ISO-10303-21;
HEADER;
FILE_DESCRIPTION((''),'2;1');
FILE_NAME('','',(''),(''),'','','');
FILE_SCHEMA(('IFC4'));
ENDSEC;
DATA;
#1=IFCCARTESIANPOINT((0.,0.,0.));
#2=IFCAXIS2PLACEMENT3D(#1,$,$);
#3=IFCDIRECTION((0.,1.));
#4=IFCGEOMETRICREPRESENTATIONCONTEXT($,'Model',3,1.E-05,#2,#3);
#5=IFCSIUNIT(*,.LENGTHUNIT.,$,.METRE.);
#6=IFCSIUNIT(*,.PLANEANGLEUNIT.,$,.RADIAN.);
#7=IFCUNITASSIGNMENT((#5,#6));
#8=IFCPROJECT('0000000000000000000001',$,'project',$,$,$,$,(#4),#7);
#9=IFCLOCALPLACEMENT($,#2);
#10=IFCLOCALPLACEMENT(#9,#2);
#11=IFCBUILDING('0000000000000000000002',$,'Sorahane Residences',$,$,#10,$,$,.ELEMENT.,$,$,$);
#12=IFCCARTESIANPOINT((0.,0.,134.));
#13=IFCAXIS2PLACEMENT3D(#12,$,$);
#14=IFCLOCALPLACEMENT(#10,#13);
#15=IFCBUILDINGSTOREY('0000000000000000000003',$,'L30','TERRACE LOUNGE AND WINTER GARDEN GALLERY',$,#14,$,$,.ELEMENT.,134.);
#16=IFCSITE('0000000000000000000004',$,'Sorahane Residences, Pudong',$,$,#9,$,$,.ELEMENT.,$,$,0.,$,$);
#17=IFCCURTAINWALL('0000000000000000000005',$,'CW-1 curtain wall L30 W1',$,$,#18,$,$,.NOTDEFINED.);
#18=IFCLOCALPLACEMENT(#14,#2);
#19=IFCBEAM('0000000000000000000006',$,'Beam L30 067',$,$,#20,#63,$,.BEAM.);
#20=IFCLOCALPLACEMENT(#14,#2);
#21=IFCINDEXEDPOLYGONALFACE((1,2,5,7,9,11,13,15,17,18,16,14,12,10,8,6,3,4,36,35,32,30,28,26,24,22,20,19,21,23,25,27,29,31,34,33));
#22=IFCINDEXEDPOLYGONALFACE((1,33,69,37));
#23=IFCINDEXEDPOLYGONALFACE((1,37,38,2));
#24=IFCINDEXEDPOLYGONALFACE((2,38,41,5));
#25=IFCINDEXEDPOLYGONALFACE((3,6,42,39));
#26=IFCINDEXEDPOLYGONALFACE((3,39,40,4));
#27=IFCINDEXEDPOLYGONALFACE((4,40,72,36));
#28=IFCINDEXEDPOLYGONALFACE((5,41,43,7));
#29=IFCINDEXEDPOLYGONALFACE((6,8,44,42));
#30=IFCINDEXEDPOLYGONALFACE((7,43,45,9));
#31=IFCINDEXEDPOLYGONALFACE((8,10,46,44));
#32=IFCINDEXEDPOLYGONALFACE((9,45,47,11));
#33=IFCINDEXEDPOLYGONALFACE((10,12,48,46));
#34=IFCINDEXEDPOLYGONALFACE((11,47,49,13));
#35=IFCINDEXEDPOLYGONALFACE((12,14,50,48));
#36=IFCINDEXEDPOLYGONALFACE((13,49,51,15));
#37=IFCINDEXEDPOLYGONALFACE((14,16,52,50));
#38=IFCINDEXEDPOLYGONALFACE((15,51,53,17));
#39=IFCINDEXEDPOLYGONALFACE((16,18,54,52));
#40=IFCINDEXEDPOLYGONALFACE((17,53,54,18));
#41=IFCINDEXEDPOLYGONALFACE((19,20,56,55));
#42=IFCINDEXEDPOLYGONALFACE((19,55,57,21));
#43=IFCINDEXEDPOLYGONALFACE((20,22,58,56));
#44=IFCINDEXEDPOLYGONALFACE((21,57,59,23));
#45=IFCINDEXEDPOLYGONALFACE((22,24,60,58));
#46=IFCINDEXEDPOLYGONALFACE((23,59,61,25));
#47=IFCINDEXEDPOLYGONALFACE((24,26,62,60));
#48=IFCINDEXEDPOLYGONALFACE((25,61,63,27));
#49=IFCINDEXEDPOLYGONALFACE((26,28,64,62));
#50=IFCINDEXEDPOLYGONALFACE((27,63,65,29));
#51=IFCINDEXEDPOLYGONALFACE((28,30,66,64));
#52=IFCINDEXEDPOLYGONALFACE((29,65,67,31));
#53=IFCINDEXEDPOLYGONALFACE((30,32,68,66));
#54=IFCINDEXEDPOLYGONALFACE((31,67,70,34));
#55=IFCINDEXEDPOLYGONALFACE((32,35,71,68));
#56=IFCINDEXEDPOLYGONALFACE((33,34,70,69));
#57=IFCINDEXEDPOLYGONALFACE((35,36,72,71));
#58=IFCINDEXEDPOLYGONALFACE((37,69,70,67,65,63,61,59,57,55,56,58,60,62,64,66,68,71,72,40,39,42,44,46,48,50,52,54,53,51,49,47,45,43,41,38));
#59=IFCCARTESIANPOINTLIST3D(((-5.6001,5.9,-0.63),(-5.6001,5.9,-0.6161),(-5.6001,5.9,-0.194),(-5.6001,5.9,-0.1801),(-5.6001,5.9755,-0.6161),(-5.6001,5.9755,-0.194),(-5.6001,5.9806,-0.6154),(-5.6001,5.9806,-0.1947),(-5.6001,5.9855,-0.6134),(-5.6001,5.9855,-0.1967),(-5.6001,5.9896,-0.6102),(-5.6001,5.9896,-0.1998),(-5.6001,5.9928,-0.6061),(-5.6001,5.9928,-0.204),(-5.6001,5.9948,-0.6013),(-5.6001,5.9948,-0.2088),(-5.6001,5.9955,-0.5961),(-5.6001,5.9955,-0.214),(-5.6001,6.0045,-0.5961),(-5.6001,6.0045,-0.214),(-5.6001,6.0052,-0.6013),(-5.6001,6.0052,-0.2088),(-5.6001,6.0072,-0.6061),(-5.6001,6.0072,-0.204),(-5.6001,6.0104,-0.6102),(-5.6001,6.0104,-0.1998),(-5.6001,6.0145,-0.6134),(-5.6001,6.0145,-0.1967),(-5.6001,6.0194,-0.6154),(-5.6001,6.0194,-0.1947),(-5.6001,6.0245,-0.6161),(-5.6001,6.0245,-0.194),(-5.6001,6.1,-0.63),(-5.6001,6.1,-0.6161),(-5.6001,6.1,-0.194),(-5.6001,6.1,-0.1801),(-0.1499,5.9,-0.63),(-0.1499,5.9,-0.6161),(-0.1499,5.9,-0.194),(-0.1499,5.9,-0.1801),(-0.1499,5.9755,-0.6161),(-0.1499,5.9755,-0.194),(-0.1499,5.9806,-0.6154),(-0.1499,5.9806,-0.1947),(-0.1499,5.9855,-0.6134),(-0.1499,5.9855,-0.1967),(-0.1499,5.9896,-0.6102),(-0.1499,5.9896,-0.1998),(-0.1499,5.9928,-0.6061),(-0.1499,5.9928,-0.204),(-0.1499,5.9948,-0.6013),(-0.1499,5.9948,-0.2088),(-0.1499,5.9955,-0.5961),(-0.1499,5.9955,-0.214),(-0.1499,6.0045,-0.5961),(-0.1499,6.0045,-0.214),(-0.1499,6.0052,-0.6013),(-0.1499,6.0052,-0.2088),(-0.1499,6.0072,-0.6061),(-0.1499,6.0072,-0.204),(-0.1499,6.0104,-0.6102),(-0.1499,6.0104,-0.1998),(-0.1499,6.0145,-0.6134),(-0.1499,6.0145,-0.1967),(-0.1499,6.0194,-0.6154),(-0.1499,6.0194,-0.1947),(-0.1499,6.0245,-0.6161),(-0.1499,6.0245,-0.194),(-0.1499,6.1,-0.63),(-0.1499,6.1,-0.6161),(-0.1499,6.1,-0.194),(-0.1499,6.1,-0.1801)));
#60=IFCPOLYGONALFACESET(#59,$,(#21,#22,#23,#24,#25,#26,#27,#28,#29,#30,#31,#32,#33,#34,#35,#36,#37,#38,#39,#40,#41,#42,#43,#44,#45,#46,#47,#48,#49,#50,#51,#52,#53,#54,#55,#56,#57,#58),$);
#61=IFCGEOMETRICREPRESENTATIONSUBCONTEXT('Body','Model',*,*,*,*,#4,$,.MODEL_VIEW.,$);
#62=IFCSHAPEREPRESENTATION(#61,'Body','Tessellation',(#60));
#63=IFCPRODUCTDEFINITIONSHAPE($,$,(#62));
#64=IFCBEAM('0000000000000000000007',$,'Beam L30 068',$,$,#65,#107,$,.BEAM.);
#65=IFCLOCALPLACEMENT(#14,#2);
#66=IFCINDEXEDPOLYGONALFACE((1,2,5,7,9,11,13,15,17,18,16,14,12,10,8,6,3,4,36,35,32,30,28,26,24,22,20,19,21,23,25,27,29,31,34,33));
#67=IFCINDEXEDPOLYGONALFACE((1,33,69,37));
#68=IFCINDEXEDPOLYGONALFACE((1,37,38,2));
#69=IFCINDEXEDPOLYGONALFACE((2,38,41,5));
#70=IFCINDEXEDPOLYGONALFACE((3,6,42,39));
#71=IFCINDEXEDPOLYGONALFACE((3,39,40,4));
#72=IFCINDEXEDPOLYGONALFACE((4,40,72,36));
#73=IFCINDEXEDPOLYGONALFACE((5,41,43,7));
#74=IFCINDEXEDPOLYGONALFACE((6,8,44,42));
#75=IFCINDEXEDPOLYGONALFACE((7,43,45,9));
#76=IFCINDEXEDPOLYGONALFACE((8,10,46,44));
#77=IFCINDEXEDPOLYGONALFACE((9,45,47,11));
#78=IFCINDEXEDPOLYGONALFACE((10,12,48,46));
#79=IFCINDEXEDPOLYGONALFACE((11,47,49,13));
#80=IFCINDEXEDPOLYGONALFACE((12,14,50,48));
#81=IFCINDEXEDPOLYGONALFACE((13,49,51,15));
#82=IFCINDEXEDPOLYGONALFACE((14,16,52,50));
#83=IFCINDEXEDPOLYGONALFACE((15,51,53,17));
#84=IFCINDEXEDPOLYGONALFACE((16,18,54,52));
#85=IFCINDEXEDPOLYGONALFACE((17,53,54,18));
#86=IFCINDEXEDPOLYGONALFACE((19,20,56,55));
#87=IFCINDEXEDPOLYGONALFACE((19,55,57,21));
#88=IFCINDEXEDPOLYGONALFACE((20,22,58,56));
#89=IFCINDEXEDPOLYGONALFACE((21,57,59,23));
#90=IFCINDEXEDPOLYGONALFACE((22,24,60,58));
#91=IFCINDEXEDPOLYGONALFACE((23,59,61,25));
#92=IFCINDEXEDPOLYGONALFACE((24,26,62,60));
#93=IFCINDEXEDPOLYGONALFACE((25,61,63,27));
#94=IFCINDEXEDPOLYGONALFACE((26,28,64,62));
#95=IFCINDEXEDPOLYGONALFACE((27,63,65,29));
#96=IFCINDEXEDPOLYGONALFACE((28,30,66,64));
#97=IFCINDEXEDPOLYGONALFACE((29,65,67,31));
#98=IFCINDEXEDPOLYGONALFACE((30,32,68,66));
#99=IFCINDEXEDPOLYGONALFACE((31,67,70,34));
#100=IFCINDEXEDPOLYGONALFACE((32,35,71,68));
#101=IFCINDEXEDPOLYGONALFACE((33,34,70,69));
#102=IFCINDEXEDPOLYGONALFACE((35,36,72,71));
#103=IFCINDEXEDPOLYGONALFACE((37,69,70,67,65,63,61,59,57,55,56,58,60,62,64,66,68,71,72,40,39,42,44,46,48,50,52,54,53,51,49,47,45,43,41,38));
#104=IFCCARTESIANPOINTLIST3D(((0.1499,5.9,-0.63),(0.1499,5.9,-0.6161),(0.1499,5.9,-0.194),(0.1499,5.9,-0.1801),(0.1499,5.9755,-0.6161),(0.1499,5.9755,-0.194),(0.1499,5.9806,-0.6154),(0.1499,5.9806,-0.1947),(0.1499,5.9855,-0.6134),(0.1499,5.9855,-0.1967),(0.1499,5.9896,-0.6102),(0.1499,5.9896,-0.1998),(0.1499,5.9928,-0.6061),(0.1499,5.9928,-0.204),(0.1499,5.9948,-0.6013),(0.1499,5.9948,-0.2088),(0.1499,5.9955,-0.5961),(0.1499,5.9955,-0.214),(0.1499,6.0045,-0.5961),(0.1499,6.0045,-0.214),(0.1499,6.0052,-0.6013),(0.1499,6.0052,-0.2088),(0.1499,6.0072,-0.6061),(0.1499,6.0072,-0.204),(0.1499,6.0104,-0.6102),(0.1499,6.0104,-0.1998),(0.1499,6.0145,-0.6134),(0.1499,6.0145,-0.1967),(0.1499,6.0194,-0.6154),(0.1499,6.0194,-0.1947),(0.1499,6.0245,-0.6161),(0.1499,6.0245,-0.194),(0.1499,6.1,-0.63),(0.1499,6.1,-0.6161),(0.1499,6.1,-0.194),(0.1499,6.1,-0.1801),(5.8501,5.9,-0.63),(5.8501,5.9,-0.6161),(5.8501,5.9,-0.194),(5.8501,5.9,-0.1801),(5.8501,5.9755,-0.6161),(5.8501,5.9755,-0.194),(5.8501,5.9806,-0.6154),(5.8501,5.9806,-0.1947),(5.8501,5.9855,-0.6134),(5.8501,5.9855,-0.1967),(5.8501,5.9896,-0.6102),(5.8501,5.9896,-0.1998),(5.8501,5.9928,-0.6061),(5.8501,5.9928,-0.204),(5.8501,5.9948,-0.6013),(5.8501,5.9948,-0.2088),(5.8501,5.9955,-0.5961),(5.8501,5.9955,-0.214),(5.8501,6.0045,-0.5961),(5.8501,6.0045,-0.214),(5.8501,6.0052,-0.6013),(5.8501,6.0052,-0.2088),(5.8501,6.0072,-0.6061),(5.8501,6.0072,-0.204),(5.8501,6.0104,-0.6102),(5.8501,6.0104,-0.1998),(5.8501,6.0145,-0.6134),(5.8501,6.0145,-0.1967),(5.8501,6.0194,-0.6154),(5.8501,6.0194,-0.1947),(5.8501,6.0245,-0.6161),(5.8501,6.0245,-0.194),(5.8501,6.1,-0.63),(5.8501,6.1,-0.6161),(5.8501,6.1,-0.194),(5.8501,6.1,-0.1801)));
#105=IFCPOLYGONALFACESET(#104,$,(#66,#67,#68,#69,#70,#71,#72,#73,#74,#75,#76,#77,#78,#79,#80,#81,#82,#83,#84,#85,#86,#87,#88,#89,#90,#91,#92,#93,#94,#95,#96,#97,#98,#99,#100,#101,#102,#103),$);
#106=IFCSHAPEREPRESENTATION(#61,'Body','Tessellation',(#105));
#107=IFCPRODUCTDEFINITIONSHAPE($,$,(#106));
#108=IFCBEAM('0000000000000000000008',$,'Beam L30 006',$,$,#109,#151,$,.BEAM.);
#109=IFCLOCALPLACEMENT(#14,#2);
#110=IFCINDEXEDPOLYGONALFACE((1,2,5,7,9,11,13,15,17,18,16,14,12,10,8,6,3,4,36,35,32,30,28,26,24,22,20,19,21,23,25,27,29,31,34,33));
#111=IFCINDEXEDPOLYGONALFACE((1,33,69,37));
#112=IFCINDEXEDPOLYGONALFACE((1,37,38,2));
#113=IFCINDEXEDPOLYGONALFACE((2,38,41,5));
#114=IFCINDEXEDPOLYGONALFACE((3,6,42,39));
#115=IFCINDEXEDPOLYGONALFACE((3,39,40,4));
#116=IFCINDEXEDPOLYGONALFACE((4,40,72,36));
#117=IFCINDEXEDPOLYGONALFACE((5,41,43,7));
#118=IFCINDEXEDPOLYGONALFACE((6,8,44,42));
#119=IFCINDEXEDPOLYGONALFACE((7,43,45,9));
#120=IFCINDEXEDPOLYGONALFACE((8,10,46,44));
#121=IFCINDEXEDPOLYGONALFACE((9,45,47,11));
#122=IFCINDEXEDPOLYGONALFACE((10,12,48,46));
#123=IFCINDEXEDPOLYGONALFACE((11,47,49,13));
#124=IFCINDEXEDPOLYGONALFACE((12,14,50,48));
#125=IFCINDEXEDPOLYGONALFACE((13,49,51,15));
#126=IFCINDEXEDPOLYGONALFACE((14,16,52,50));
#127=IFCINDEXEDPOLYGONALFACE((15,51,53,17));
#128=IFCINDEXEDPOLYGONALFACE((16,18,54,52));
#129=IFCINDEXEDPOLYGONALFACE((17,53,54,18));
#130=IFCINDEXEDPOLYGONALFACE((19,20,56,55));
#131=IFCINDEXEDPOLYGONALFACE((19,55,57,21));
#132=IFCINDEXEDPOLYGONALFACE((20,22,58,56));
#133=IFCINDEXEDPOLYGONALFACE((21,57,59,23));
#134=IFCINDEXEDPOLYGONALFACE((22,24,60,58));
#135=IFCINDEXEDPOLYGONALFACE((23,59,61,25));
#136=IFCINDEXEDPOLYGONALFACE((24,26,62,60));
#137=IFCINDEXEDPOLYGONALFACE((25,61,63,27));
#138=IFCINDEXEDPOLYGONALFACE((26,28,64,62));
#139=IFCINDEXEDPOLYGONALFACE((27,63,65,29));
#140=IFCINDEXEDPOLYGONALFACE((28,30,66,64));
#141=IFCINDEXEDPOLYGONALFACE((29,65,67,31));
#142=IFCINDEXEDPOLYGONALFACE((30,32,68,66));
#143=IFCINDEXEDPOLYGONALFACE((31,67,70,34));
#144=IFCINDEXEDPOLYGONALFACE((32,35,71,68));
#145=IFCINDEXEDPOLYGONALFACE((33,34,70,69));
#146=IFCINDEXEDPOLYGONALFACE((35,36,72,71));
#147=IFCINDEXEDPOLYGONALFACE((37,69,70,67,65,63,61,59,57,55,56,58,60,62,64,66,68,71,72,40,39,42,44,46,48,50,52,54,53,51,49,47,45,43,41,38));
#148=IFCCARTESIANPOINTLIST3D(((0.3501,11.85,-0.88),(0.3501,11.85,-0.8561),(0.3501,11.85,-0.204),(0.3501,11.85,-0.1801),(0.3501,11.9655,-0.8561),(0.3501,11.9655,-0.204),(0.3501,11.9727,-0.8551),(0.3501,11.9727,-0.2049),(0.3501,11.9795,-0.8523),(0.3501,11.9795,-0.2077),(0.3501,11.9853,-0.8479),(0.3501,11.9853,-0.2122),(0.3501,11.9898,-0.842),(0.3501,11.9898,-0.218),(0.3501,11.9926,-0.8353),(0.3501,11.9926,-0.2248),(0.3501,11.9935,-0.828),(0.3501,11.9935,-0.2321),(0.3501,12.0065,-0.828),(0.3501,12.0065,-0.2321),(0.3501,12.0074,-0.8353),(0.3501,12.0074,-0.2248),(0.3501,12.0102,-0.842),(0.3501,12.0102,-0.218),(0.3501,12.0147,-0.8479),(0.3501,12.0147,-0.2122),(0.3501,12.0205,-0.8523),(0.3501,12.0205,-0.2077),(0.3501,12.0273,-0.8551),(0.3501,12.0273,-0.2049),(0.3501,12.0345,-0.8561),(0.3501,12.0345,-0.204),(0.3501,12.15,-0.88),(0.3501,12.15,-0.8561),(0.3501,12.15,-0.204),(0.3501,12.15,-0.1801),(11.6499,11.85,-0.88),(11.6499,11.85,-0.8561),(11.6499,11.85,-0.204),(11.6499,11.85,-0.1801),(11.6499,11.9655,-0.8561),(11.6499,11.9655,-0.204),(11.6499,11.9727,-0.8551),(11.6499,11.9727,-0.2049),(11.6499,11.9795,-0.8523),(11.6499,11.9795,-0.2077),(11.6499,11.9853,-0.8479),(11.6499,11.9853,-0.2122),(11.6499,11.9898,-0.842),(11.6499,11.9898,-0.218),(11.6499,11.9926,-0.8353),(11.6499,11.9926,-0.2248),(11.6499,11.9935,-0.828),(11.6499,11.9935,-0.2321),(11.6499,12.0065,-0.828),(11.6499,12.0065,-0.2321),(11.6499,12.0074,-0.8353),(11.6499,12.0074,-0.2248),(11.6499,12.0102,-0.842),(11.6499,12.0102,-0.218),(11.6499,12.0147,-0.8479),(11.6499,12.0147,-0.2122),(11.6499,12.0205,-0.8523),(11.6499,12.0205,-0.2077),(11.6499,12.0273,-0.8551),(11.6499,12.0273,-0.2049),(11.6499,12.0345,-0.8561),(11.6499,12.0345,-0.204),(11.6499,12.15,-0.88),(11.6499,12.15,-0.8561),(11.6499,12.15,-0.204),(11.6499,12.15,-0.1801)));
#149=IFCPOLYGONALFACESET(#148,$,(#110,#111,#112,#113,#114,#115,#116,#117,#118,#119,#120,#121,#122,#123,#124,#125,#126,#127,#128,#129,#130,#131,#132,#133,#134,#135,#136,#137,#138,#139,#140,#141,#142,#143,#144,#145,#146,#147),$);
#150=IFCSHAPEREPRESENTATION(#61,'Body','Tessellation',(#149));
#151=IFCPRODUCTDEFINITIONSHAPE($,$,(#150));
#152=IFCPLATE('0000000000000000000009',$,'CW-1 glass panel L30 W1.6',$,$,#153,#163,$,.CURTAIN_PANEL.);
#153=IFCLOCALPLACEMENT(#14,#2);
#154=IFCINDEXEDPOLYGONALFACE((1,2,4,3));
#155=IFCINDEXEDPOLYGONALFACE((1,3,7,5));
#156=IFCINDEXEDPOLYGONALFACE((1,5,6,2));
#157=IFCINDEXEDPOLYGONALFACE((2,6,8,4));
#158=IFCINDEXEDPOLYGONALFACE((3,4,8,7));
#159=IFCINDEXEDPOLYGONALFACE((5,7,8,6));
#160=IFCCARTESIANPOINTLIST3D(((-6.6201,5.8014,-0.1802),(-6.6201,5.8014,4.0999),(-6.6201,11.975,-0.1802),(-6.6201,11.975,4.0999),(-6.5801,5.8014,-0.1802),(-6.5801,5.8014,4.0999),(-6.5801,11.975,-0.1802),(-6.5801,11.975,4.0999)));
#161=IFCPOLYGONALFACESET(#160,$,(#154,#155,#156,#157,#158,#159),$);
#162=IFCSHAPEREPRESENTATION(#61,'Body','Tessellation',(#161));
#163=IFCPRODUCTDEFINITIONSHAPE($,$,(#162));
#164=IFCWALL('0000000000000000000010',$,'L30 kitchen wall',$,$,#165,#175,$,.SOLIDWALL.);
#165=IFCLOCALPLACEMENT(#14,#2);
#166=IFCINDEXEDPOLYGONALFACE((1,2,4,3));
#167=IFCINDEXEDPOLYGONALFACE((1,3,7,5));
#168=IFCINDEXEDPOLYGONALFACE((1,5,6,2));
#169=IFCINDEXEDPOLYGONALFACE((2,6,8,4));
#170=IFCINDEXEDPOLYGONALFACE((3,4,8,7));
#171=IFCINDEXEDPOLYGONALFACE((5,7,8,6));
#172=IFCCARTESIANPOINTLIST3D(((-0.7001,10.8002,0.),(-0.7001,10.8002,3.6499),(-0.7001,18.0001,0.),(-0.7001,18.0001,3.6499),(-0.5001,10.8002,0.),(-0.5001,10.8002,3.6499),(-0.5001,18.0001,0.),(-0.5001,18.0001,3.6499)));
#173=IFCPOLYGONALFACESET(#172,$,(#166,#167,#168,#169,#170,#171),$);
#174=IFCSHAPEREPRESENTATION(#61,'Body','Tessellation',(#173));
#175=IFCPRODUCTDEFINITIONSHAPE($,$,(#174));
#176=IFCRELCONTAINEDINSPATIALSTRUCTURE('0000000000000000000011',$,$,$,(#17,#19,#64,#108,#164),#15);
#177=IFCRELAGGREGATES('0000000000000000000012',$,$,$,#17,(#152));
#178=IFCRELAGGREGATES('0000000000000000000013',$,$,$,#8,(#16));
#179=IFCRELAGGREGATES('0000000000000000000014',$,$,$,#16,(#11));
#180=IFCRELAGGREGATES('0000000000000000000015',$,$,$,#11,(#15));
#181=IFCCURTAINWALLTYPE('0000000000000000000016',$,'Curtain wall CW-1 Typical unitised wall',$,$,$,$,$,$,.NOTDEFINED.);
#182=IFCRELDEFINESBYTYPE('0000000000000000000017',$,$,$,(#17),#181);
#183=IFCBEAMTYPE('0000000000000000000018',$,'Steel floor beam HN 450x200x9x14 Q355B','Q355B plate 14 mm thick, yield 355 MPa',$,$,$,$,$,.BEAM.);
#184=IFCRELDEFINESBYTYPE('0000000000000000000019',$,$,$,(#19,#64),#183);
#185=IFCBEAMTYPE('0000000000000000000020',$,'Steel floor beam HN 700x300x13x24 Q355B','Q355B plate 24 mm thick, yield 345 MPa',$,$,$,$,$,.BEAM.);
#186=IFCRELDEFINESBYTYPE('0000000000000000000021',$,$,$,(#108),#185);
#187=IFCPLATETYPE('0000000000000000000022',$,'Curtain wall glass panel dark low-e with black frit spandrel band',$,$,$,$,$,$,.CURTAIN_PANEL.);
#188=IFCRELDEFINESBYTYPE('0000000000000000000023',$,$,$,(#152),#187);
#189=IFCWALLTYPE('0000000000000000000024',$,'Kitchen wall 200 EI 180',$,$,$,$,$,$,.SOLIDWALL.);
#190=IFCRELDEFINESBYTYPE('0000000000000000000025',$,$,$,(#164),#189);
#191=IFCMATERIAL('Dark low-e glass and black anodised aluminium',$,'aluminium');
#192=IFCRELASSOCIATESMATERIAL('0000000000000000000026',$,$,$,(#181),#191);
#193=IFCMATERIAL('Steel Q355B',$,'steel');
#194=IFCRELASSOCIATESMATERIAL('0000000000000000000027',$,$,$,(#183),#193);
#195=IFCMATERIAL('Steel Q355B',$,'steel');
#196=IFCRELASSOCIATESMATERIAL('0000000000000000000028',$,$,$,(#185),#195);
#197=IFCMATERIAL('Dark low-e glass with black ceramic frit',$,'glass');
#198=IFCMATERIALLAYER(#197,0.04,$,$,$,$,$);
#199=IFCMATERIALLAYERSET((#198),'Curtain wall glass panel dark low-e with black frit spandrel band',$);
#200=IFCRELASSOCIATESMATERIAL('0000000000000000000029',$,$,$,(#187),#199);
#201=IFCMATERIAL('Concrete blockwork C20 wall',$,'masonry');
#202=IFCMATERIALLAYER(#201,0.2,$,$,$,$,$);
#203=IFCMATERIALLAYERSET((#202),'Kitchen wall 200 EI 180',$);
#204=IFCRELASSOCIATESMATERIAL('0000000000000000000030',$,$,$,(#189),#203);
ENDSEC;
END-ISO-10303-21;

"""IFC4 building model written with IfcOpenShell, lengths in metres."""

from ifc_helpers import new_model, si_unit, direction, frame, frame_2d, origin, origin_2d, place, context, subcontext, project, spatial, rectangle, i_section, extrude, material, layer, layer_set, material_profile, profile_set, type_object, element, aggregate, save


model = new_model("IFC4")

# Units and contexts
model_context = context("Model", 3, precision=1e-05, world=origin(), true_north=direction((0.0, 1.0)))
body_context = subcontext(model_context, "Body", "Model", "MODEL_VIEW")
ifc_project = project(units=[si_unit("LENGTHUNIT", "METRE"), si_unit("PLANEANGLEUNIT", "RADIAN")], contexts=[model_context])

# Site, building, storey
site_placement = place(None, origin())
site = spatial("IfcSite", under=ifc_project, at=site_placement, Name="Sorahane Residences, Pudong", CompositionType="ELEMENT", RefElevation=0.0)
building_placement = place(site_placement, origin())
building = spatial("IfcBuilding", under=site, at=building_placement, Name="Sorahane Residences", CompositionType="ELEMENT")
storey_placement = place(building_placement, frame((0.0, 0.0, 134.0)))
storey = spatial("IfcBuildingStorey", under=building, at=storey_placement, Name="L30", Description="TERRACE LOUNGE AND WINTER GARDEN GALLERY", CompositionType="ELEMENT", Elevation=134.0)

# Curtain wall
ifc_material_1 = material(Name="Dark low-e glass and black anodised aluminium", Category="aluminium")
curtain_wall_type = type_object("IfcCurtainWallType", Name="Curtain wall CW-1 Typical unitised wall", PredefinedType="NOTDEFINED", material=ifc_material_1)
curtain_wall_placement = place(storey_placement, origin())
curtain_wall = element("IfcCurtainWall", 1, at=curtain_wall_placement, inside=storey, type_object=curtain_wall_type, Name="CW-1 curtain wall L30 W1", PredefinedType="NOTDEFINED")

# Beams
ifc_material_2 = material(Name="Steel Q355B", Category="steel")
ifc_material_profile_1 = material_profile(ifc_material_2, i_section(OverallWidth=0.2, OverallDepth=0.45, WebThickness=0.009, FlangeThickness=0.0139, FilletRadius=0.02, at=origin_2d()), Name="HN 450x200x9x14")
ifc_profile_set_1 = profile_set([ifc_material_profile_1], Name="Steel Q355B")
beam_type_1 = type_object("IfcBeamType", Name="Steel floor beam HN 450x200x9x14 Q355B", Description="Q355B plate 14 mm thick, yield 355 MPa", PredefinedType="BEAM", material=ifc_profile_set_1)
beam_1_placement = place(storey_placement, frame((-5.6001, 6.0, -0.405), z_axis=(1.0, 0.0, 0.0), x_axis=(0.0, 1.0, 0.0)))
element("IfcBeam", 2, at=beam_1_placement, inside=storey, type_object=beam_type_1, Name="Beam L30 067", PredefinedType="BEAM", context=body_context, shape_type="SweptSolid", body=[
    extrude(i_section(OverallWidth=0.2, OverallDepth=0.45, WebThickness=0.009, FlangeThickness=0.0139, FilletRadius=0.02, at=origin_2d()), origin(), (0.0, 0.0, 1.0), 5.4502),
])
beam_2_placement = place(storey_placement, frame((0.1499, 6.0, -0.405), z_axis=(1.0, 0.0, 0.0), x_axis=(0.0, 1.0, 0.0)))
element("IfcBeam", 3, at=beam_2_placement, inside=storey, type_object=beam_type_1, Name="Beam L30 068", PredefinedType="BEAM", context=body_context, shape_type="SweptSolid", body=[
    extrude(i_section(OverallWidth=0.2, OverallDepth=0.45, WebThickness=0.009, FlangeThickness=0.0139, FilletRadius=0.02, at=origin_2d()), origin(), (0.0, 0.0, 1.0), 5.7002),
])
ifc_material_3 = material(Name="Steel Q355B", Category="steel")
ifc_material_profile_2 = material_profile(ifc_material_3, i_section(OverallWidth=0.3, OverallDepth=0.7, WebThickness=0.0129, FlangeThickness=0.0239, FilletRadius=0.0281, at=origin_2d()), Name="HN 700x300x13x24")
ifc_profile_set_2 = profile_set([ifc_material_profile_2], Name="Steel Q355B")
beam_type_2 = type_object("IfcBeamType", Name="Steel floor beam HN 700x300x13x24 Q355B", Description="Q355B plate 24 mm thick, yield 345 MPa", PredefinedType="BEAM", material=ifc_profile_set_2)
beam_3_placement = place(storey_placement, frame((0.3501, 12.0, -0.53), z_axis=(1.0, 0.0, 0.0), x_axis=(0.0, 1.0, 0.0)))
element("IfcBeam", 4, at=beam_3_placement, inside=storey, type_object=beam_type_2, Name="Beam L30 006", PredefinedType="BEAM", context=body_context, shape_type="SweptSolid", body=[
    extrude(i_section(OverallWidth=0.3, OverallDepth=0.7, WebThickness=0.0129, FlangeThickness=0.0239, FilletRadius=0.0281, at=origin_2d()), origin(), (0.0, 0.0, 1.0), 11.2998),
])

# Plate
ifc_material_4 = material(Name="Dark low-e glass with black ceramic frit", Category="glass")
ifc_layer_1 = layer(ifc_material_4, 0.04)
ifc_layer_set_1 = layer_set([ifc_layer_1], Name="Curtain wall glass panel dark low-e with black frit spandrel band")
plate_type = type_object("IfcPlateType", Name="Curtain wall glass panel dark low-e with black frit spandrel band", PredefinedType="CURTAIN_PANEL", material=ifc_layer_set_1)
plate_placement = place(storey_placement, frame((-6.6001, 8.8882, -0.1802), z_axis=(0.0, 0.0, 1.0), x_axis=(0.0, -1.0, 0.0)))
plate = element("IfcPlate", 5, at=plate_placement, type_object=plate_type, Name="CW-1 glass panel L30 W1.6", PredefinedType="CURTAIN_PANEL", context=body_context, shape_type="SweptSolid", body=[
    extrude(rectangle(XDim=6.1736, YDim=0.04, at=origin_2d()), origin(), (0.0, 0.0, 1.0), 4.28),
])
aggregate(curtain_wall, [plate])

# Wall
ifc_material_5 = material(Name="Concrete blockwork C20 wall", Category="masonry")
ifc_layer_2 = layer(ifc_material_5, 0.2)
ifc_layer_set_2 = layer_set([ifc_layer_2], Name="Kitchen wall 200 EI 180")
wall_type_1 = type_object("IfcWallType", Name="Kitchen wall 200 EI 180", PredefinedType="SOLIDWALL", material=ifc_layer_set_2)
wall_1_placement = place(storey_placement, frame((-0.6001, 10.8, 0.0), z_axis=(0.0, 0.0, 1.0), x_axis=(0.0, 1.0, 0.0)))
element("IfcWall", 6, at=wall_1_placement, inside=storey, type_object=wall_type_1, Name="L30 kitchen wall", PredefinedType="SOLIDWALL", context=body_context, shape_type="SweptSolid", body=[
    extrude(rectangle(XDim=7.2, YDim=0.2, at=frame_2d((3.6001, 0.0))), origin(), (0.0, 0.0, 1.0), 3.6499),
])

save(model, "model.ifc")
